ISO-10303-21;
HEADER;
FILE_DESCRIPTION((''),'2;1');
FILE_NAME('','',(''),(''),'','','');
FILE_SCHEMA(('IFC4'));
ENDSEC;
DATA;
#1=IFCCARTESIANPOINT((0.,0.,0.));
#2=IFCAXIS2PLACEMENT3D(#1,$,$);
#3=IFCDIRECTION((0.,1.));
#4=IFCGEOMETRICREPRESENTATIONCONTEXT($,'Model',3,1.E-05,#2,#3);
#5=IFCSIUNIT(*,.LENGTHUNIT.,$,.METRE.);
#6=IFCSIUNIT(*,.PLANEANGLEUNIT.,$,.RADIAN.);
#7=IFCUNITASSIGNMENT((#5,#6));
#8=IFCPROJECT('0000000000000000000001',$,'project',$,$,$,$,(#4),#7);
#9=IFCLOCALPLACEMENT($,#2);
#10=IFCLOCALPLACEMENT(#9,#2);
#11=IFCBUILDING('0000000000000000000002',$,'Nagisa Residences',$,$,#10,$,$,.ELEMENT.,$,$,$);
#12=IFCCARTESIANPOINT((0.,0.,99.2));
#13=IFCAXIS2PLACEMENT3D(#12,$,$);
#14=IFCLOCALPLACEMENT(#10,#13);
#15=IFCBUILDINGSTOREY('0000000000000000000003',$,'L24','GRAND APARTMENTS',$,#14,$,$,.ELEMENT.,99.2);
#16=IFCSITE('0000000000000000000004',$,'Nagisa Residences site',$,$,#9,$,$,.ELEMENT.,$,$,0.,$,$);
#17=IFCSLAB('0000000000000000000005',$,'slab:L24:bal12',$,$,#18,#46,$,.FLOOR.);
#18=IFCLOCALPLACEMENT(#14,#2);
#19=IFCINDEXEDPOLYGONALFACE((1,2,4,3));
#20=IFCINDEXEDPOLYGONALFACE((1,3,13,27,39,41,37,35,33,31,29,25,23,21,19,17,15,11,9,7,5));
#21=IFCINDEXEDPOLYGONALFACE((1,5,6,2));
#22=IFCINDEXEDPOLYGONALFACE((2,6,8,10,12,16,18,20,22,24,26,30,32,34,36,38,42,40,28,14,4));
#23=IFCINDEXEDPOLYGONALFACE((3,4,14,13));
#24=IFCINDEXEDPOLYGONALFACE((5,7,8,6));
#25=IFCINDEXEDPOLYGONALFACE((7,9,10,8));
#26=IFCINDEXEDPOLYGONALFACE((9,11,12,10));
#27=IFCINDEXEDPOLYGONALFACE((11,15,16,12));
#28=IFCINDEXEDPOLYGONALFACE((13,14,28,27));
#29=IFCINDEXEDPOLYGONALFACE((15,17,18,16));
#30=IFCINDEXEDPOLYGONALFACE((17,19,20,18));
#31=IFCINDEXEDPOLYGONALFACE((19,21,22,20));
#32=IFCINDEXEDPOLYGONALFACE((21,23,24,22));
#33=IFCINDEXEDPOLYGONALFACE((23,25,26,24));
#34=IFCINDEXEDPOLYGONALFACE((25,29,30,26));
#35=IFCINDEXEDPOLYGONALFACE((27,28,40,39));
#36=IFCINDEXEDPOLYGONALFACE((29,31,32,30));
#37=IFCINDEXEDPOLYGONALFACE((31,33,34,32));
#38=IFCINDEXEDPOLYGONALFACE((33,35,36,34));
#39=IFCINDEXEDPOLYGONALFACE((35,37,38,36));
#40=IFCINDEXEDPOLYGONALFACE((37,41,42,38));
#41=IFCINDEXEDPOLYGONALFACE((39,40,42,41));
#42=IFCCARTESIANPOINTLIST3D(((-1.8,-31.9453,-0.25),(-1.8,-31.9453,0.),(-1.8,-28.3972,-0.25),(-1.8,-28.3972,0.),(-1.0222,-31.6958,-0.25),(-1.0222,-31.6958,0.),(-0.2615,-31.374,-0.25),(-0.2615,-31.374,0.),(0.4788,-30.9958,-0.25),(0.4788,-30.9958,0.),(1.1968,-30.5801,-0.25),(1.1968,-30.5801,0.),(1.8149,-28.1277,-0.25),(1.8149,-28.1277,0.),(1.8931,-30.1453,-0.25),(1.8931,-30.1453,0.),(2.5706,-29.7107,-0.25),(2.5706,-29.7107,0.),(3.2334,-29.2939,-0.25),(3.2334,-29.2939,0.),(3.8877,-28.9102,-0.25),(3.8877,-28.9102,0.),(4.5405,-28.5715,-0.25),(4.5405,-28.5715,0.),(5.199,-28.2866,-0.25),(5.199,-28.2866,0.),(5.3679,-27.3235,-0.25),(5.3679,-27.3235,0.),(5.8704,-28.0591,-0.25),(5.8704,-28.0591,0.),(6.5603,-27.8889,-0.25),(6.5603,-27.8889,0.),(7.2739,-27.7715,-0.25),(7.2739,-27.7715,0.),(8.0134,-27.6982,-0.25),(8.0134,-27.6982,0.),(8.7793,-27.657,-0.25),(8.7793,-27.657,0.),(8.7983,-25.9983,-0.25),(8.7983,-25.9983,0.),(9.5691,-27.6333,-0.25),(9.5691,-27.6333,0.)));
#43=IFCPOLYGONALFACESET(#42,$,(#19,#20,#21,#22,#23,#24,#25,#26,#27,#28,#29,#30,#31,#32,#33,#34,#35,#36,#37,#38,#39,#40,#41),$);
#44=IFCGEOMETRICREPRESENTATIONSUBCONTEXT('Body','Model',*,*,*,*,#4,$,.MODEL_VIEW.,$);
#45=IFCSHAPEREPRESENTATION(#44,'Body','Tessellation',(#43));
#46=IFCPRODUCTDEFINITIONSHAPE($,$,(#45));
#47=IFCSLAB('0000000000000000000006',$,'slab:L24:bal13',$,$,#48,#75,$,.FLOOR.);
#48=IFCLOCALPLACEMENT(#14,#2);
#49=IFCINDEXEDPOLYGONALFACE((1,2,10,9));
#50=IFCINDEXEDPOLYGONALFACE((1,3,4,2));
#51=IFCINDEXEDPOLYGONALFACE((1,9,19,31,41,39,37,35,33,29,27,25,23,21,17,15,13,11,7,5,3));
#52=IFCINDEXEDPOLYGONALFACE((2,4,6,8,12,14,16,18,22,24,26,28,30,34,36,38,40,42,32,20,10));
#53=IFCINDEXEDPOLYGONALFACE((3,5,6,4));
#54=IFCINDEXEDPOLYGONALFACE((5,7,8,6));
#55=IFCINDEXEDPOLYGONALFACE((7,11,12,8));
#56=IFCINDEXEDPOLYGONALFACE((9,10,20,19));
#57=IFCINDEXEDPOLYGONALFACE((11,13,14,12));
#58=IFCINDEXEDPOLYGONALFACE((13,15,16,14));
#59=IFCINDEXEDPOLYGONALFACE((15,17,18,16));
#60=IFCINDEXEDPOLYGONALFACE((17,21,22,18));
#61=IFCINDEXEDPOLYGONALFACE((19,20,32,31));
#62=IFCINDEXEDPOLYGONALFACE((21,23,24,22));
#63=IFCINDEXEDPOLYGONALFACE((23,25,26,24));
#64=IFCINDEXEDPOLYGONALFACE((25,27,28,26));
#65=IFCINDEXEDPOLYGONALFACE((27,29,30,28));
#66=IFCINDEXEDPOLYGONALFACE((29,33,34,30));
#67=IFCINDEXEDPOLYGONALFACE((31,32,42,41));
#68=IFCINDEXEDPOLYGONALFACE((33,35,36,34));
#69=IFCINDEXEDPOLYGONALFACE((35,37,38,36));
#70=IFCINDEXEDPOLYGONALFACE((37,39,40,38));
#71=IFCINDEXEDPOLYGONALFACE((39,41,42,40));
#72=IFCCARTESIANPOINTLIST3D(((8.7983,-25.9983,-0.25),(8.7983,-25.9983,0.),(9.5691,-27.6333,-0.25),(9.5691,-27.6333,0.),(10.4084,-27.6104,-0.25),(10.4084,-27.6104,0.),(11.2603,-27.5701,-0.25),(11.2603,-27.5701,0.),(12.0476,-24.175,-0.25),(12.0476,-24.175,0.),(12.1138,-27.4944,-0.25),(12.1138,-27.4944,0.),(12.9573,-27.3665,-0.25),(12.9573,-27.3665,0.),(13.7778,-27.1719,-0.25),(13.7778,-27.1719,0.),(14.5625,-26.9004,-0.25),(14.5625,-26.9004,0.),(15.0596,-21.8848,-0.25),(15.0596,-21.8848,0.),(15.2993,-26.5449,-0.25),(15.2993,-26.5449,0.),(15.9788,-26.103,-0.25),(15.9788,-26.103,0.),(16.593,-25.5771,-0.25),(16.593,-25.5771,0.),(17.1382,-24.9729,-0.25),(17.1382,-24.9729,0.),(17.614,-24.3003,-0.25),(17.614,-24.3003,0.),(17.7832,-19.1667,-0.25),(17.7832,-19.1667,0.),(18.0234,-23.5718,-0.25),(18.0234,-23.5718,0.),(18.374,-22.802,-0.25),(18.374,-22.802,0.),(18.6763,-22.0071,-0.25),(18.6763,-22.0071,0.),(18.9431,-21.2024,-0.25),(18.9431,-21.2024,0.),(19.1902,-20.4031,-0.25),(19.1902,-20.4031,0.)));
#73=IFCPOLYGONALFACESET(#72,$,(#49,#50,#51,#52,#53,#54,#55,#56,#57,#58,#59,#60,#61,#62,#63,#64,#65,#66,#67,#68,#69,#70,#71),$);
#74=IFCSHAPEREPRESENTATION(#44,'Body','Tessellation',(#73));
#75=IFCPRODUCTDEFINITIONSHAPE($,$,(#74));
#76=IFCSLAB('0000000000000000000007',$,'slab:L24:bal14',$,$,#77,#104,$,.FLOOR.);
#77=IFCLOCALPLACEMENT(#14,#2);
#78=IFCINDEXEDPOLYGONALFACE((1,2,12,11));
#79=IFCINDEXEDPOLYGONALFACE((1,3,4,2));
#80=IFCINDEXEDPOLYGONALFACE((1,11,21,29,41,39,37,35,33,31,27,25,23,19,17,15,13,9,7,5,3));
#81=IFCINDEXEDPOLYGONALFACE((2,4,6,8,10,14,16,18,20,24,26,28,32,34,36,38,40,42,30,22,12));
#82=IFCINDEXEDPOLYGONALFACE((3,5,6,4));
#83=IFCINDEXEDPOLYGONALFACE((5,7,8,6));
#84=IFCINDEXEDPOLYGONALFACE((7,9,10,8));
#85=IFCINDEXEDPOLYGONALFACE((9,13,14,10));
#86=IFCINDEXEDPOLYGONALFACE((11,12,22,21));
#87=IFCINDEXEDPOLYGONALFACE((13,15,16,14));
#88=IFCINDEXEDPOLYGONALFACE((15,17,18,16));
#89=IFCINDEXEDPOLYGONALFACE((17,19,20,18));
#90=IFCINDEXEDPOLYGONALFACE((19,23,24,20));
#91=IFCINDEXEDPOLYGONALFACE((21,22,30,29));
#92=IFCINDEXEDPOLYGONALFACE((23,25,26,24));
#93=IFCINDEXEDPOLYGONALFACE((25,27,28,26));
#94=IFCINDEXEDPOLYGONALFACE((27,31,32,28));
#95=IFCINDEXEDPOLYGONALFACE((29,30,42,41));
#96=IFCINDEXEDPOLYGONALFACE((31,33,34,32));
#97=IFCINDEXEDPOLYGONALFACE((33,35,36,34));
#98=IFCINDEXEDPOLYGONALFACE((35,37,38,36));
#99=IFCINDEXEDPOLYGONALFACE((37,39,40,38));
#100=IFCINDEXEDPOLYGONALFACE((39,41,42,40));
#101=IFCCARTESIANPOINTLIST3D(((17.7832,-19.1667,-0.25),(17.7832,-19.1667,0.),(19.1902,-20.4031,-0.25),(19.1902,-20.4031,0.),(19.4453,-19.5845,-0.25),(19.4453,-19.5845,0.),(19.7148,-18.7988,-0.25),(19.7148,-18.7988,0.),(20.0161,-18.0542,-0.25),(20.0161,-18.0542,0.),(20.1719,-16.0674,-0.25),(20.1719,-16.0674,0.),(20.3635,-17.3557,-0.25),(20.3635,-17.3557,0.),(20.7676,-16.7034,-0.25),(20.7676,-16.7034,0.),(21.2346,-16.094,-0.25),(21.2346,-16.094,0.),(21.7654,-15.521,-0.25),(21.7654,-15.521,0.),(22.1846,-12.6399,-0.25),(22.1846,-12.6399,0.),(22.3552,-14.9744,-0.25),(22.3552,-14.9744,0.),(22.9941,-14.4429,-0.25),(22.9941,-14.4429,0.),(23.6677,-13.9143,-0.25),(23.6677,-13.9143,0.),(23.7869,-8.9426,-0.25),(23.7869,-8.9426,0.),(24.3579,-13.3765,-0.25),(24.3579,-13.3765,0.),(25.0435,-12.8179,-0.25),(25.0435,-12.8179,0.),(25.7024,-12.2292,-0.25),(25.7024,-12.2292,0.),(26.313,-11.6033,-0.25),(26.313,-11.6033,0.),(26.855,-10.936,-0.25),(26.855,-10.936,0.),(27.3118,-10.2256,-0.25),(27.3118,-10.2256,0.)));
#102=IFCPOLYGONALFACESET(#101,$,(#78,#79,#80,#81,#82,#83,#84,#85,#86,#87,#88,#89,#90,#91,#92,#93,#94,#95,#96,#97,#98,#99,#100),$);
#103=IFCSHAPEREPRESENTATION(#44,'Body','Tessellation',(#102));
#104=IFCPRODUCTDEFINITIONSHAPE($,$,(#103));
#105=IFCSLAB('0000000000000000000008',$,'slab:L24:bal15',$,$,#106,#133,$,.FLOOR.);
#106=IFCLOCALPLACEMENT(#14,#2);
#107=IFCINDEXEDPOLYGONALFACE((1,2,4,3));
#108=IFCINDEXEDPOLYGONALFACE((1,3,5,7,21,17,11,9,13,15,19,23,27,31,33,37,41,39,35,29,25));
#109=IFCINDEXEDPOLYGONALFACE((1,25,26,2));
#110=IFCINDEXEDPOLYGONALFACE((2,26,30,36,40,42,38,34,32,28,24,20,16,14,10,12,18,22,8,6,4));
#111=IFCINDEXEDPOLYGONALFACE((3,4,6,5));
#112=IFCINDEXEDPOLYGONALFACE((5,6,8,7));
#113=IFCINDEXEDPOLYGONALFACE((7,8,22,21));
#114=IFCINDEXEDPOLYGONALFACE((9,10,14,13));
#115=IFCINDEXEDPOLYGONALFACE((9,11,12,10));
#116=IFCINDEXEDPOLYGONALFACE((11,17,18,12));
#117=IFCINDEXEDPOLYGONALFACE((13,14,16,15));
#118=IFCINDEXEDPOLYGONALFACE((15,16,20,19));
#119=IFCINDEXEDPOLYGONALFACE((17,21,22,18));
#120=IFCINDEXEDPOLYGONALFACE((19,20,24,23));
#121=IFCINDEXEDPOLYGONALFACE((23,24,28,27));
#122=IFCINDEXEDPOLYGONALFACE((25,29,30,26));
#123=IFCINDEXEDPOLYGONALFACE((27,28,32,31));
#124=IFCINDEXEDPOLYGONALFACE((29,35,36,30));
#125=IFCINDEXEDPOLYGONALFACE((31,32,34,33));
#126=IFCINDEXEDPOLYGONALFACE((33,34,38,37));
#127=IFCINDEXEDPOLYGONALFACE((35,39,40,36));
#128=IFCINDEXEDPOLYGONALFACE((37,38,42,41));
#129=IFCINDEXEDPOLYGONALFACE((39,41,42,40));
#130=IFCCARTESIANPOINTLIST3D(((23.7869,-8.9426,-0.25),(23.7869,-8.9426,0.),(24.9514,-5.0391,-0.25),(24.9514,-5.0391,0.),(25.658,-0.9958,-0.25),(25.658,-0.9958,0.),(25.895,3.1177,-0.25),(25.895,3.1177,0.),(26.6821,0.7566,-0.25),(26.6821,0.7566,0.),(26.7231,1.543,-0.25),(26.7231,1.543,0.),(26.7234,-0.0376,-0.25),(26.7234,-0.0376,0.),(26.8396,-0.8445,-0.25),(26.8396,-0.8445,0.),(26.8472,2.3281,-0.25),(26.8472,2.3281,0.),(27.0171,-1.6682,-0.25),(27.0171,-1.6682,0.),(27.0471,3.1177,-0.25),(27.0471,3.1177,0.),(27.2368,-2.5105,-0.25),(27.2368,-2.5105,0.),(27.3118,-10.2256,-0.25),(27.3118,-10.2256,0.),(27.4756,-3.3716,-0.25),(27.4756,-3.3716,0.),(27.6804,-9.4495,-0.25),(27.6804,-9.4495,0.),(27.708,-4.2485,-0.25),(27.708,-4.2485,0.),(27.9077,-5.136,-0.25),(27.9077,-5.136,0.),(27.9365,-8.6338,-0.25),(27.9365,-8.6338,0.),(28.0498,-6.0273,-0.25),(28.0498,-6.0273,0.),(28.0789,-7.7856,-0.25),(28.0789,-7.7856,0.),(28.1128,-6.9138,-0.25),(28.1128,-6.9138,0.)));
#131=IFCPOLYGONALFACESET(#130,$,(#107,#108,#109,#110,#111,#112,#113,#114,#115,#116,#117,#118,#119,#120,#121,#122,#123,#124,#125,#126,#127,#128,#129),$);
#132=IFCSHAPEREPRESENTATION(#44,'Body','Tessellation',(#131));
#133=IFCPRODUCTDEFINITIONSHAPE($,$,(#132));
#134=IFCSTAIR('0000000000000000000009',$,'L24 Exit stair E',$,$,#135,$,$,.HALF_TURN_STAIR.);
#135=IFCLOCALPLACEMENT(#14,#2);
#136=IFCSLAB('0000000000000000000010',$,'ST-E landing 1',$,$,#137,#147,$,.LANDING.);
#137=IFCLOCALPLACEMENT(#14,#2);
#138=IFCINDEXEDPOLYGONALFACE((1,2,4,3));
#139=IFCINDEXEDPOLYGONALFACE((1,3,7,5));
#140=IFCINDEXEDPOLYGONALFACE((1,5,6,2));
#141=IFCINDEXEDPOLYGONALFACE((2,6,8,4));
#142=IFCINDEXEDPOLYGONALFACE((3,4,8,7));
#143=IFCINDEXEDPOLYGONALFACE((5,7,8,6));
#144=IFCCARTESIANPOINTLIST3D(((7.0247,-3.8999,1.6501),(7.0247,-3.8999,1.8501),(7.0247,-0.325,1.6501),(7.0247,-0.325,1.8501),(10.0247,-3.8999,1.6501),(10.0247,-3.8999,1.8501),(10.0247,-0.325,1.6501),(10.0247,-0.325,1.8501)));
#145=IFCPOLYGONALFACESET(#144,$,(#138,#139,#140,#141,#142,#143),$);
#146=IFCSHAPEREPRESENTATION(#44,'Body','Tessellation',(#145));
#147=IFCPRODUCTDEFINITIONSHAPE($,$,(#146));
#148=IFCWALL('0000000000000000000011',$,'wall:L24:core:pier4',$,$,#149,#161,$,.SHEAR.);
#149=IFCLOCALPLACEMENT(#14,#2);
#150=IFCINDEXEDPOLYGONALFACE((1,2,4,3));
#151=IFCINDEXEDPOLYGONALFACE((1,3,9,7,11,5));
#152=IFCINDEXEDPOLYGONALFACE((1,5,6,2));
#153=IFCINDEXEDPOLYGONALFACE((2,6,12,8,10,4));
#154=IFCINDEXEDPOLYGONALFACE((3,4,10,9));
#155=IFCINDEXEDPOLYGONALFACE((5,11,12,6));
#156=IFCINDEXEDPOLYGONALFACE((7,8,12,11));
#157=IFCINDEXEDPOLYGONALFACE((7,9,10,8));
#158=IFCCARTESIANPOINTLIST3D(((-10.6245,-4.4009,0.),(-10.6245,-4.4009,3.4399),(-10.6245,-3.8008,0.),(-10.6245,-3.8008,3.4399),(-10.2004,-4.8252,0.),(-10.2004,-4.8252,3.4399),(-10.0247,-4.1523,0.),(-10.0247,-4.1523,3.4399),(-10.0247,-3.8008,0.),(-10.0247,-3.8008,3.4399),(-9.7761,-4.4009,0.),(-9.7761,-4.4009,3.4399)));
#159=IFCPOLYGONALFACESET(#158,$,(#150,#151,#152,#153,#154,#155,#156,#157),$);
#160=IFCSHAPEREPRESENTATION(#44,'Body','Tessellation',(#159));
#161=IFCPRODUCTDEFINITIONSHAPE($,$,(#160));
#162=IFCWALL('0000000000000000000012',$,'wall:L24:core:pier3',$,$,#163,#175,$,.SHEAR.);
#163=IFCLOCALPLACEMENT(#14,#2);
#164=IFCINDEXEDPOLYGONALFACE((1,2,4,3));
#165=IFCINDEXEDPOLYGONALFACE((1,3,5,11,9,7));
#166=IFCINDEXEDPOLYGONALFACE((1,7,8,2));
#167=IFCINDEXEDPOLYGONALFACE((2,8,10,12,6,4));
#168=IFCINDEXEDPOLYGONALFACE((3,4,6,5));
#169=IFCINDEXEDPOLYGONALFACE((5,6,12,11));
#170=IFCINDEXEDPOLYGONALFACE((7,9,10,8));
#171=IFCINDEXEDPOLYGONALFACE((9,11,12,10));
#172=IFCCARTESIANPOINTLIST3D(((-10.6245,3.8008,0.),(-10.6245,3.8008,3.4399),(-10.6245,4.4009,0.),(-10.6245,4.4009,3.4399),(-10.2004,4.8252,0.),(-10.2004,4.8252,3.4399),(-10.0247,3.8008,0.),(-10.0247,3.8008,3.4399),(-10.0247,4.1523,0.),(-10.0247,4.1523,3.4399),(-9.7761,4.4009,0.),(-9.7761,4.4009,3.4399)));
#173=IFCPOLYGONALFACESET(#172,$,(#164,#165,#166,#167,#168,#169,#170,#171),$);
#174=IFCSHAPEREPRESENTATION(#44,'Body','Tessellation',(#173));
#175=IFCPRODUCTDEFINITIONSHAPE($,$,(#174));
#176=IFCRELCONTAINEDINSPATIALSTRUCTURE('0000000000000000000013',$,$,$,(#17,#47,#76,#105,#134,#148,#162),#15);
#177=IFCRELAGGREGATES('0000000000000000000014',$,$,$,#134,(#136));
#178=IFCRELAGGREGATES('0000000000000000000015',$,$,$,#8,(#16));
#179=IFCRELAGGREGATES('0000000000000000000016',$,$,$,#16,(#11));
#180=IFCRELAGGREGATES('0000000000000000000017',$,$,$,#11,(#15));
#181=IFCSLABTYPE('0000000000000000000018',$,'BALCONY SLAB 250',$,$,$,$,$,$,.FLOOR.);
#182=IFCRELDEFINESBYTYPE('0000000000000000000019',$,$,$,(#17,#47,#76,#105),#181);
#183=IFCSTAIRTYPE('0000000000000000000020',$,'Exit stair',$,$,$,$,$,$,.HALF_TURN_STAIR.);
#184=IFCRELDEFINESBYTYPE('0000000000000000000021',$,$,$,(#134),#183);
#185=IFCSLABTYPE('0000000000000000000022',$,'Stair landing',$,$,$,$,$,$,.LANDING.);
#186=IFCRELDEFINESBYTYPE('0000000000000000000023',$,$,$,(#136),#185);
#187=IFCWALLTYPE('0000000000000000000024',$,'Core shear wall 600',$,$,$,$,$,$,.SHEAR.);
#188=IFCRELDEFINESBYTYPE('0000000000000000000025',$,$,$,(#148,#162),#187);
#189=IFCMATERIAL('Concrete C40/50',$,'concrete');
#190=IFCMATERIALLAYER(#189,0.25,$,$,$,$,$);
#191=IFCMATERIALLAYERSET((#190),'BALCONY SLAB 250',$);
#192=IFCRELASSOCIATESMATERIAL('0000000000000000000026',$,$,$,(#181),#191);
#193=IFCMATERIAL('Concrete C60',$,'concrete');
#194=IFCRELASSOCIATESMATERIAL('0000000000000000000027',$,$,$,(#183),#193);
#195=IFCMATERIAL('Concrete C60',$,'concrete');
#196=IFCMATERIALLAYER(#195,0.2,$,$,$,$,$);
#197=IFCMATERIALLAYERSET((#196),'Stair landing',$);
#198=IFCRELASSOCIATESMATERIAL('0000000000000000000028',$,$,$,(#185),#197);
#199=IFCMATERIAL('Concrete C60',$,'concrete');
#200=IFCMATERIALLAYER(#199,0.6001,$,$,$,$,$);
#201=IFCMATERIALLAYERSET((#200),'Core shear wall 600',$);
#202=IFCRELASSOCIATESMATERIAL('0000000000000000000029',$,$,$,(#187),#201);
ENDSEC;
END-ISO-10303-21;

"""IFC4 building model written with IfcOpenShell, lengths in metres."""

from ifc_helpers import new_model, si_unit, direction, frame, origin, place, context, subcontext, project, spatial, polyline, outline, extrude, material, layer, layer_set, type_object, element, aggregate, save


model = new_model("IFC4")

# Units and contexts
model_context = context("Model", 3, precision=1e-05, world=origin(), true_north=direction((0.0, 1.0)))
body_context = subcontext(model_context, "Body", "Model", "MODEL_VIEW")
ifc_project = project(units=[si_unit("LENGTHUNIT", "METRE"), si_unit("PLANEANGLEUNIT", "RADIAN")], contexts=[model_context])

# Site, building, storey
site_placement = place(None, origin())
site = spatial("IfcSite", under=ifc_project, at=site_placement, Name="Nagisa Residences site", CompositionType="ELEMENT", RefElevation=0.0)
building_placement = place(site_placement, origin())
building = spatial("IfcBuilding", under=site, at=building_placement, Name="Nagisa Residences", CompositionType="ELEMENT")
storey_placement = place(building_placement, frame((0.0, 0.0, 99.2)))
storey = spatial("IfcBuildingStorey", under=building, at=storey_placement, Name="L24", Description="GRAND APARTMENTS", CompositionType="ELEMENT", Elevation=99.2)

# Slabs
ifc_material_1 = material(Name="Concrete C40/50", Category="concrete")
ifc_layer_1 = layer(ifc_material_1, 0.25)
ifc_layer_set_1 = layer_set([ifc_layer_1], Name="BALCONY SLAB 250")
slab_type_1 = type_object("IfcSlabType", Name="BALCONY SLAB 250", PredefinedType="FLOOR", material=ifc_layer_set_1)
slab_1_placement = place(storey_placement, frame((0.0, 0.0, -0.25)))
element("IfcSlab", 1, at=slab_1_placement, inside=storey, type_object=slab_type_1, Name="slab:L24:bal12", PredefinedType="FLOOR", context=body_context, shape_type="SweptSolid", body=[
    extrude(outline(polyline([(-1.8, -31.9453), (-1.0222, -31.6958), (-0.2615, -31.374), (0.4788, -30.9958), (1.1968, -30.5801), (1.8931, -30.1453), (2.5706, -29.7107), (3.2334, -29.2939), (3.8877, -28.9102), (4.5405, -28.5715), (5.199, -28.2866), (5.8704, -28.0591), (6.5603, -27.8889), (7.2739, -27.7715), (8.0134, -27.6982), (8.7793, -27.657), (9.5691, -27.6333), (8.7983, -25.9983), (5.3679, -27.3235), (1.8149, -28.1277), (-1.8, -28.3972), (-1.8, -31.9453)])), origin(), (0.0, 0.0, 1.0), 0.25),
])
slab_2_placement = place(storey_placement, frame((0.0, 0.0, -0.25)))
element("IfcSlab", 2, at=slab_2_placement, inside=storey, type_object=slab_type_1, Name="slab:L24:bal13", PredefinedType="FLOOR", context=body_context, shape_type="SweptSolid", body=[
    extrude(outline(polyline([(9.5691, -27.6333), (10.4084, -27.6104), (11.2603, -27.5701), (12.1138, -27.4944), (12.9573, -27.3665), (13.7778, -27.1719), (14.5625, -26.9004), (15.2993, -26.5449), (15.9788, -26.103), (16.593, -25.5771), (17.1382, -24.9729), (17.614, -24.3003), (18.0234, -23.5718), (18.374, -22.802), (18.6763, -22.0071), (18.9431, -21.2024), (19.1902, -20.4031), (17.7832, -19.1667), (15.0596, -21.8848), (12.0476, -24.175), (8.7983, -25.9983), (9.5691, -27.6333)])), origin(), (0.0, 0.0, 1.0), 0.25),
])
slab_3_placement = place(storey_placement, frame((0.0, 0.0, -0.25)))
element("IfcSlab", 3, at=slab_3_placement, inside=storey, type_object=slab_type_1, Name="slab:L24:bal14", PredefinedType="FLOOR", context=body_context, shape_type="SweptSolid", body=[
    extrude(outline(polyline([(19.1902, -20.4031), (19.4453, -19.5845), (19.7148, -18.7988), (20.0161, -18.0542), (20.3635, -17.3557), (20.7676, -16.7034), (21.2346, -16.094), (21.7654, -15.521), (22.3552, -14.9744), (22.9941, -14.4429), (23.6677, -13.9143), (24.3579, -13.3765), (25.0435, -12.8179), (25.7024, -12.2292), (26.313, -11.6033), (26.855, -10.936), (27.3118, -10.2256), (23.7869, -8.9426), (22.1846, -12.6399), (20.1719, -16.0674), (17.7832, -19.1667), (19.1902, -20.4031)])), origin(), (0.0, 0.0, 1.0), 0.25),
])
slab_4_placement = place(storey_placement, frame((0.0, 0.0, -0.25)))
element("IfcSlab", 4, at=slab_4_placement, inside=storey, type_object=slab_type_1, Name="slab:L24:bal15", PredefinedType="FLOOR", context=body_context, shape_type="SweptSolid", body=[
    extrude(outline(polyline([(27.3118, -10.2256), (27.6804, -9.4495), (27.9365, -8.6338), (28.0789, -7.7856), (28.1128, -6.9138), (28.0498, -6.0273), (27.9077, -5.136), (27.708, -4.2485), (27.4756, -3.3716), (27.2368, -2.5105), (27.0171, -1.6682), (26.8396, -0.8445), (26.7234, -0.0376), (26.6821, 0.7566), (26.7231, 1.543), (26.8472, 2.3281), (27.0471, 3.1177), (25.895, 3.1177), (25.658, -0.9958), (24.9514, -5.0391), (23.7869, -8.9426), (27.3118, -10.2256)])), origin(), (0.0, 0.0, 1.0), 0.25),
])

# Stair, slab
ifc_material_2 = material(Name="Concrete C60", Category="concrete")
stair_type = type_object("IfcStairType", Name="Exit stair", PredefinedType="HALF_TURN_STAIR", material=ifc_material_2)
stair_1_placement = place(storey_placement, origin())
stair_1 = element("IfcStair", 5, at=stair_1_placement, inside=storey, type_object=stair_type, Name="L24 Exit stair E", PredefinedType="HALF_TURN_STAIR")
ifc_material_3 = material(Name="Concrete C60", Category="concrete")
ifc_layer_2 = layer(ifc_material_3, 0.2)
ifc_layer_set_2 = layer_set([ifc_layer_2], Name="Stair landing")
slab_type_2 = type_object("IfcSlabType", Name="Stair landing", PredefinedType="LANDING", material=ifc_layer_set_2)
slab_5_placement = place(storey_placement, frame((0.0, 0.0, 1.6501)))
slab_5 = element("IfcSlab", 6, at=slab_5_placement, type_object=slab_type_2, Name="ST-E landing 1", PredefinedType="LANDING", context=body_context, shape_type="SweptSolid", body=[
    extrude(outline(polyline([(7.0247, -0.325), (7.0247, -3.8999), (10.0247, -3.8999), (10.0247, -0.325), (7.0247, -0.325)])), origin(), (0.0, 0.0, 1.0), 0.2),
])
aggregate(stair_1, [slab_5])

# Walls
ifc_material_4 = material(Name="Concrete C60", Category="concrete")
ifc_layer_3 = layer(ifc_material_4, 0.6001)
ifc_layer_set_3 = layer_set([ifc_layer_3], Name="Core shear wall 600")
wall_type_1 = type_object("IfcWallType", Name="Core shear wall 600", PredefinedType="SHEAR", material=ifc_layer_set_3)
wall_1_placement = place(storey_placement, origin())
element("IfcWall", 7, at=wall_1_placement, inside=storey, type_object=wall_type_1, Name="wall:L24:core:pier4", PredefinedType="SHEAR", context=body_context, shape_type="SweptSolid", body=[
    extrude(outline(polyline([(-10.6245, -3.8008), (-10.0247, -3.8008), (-10.0247, -4.1523), (-9.7761, -4.4009), (-10.2004, -4.8252), (-10.6245, -4.4009), (-10.6245, -3.8008)])), origin(), (0.0, 0.0, 1.0), 3.4399),
])
wall_2_placement = place(storey_placement, origin())
element("IfcWall", 8, at=wall_2_placement, inside=storey, type_object=wall_type_1, Name="wall:L24:core:pier3", PredefinedType="SHEAR", context=body_context, shape_type="SweptSolid", body=[
    extrude(outline(polyline([(-10.2004, 4.8252), (-9.7761, 4.4009), (-10.0247, 4.1523), (-10.0247, 3.8008), (-10.6245, 3.8008), (-10.6245, 4.4009), (-10.2004, 4.8252)])), origin(), (0.0, 0.0, 1.0), 3.4399),
])

save(model, "model.ifc")
